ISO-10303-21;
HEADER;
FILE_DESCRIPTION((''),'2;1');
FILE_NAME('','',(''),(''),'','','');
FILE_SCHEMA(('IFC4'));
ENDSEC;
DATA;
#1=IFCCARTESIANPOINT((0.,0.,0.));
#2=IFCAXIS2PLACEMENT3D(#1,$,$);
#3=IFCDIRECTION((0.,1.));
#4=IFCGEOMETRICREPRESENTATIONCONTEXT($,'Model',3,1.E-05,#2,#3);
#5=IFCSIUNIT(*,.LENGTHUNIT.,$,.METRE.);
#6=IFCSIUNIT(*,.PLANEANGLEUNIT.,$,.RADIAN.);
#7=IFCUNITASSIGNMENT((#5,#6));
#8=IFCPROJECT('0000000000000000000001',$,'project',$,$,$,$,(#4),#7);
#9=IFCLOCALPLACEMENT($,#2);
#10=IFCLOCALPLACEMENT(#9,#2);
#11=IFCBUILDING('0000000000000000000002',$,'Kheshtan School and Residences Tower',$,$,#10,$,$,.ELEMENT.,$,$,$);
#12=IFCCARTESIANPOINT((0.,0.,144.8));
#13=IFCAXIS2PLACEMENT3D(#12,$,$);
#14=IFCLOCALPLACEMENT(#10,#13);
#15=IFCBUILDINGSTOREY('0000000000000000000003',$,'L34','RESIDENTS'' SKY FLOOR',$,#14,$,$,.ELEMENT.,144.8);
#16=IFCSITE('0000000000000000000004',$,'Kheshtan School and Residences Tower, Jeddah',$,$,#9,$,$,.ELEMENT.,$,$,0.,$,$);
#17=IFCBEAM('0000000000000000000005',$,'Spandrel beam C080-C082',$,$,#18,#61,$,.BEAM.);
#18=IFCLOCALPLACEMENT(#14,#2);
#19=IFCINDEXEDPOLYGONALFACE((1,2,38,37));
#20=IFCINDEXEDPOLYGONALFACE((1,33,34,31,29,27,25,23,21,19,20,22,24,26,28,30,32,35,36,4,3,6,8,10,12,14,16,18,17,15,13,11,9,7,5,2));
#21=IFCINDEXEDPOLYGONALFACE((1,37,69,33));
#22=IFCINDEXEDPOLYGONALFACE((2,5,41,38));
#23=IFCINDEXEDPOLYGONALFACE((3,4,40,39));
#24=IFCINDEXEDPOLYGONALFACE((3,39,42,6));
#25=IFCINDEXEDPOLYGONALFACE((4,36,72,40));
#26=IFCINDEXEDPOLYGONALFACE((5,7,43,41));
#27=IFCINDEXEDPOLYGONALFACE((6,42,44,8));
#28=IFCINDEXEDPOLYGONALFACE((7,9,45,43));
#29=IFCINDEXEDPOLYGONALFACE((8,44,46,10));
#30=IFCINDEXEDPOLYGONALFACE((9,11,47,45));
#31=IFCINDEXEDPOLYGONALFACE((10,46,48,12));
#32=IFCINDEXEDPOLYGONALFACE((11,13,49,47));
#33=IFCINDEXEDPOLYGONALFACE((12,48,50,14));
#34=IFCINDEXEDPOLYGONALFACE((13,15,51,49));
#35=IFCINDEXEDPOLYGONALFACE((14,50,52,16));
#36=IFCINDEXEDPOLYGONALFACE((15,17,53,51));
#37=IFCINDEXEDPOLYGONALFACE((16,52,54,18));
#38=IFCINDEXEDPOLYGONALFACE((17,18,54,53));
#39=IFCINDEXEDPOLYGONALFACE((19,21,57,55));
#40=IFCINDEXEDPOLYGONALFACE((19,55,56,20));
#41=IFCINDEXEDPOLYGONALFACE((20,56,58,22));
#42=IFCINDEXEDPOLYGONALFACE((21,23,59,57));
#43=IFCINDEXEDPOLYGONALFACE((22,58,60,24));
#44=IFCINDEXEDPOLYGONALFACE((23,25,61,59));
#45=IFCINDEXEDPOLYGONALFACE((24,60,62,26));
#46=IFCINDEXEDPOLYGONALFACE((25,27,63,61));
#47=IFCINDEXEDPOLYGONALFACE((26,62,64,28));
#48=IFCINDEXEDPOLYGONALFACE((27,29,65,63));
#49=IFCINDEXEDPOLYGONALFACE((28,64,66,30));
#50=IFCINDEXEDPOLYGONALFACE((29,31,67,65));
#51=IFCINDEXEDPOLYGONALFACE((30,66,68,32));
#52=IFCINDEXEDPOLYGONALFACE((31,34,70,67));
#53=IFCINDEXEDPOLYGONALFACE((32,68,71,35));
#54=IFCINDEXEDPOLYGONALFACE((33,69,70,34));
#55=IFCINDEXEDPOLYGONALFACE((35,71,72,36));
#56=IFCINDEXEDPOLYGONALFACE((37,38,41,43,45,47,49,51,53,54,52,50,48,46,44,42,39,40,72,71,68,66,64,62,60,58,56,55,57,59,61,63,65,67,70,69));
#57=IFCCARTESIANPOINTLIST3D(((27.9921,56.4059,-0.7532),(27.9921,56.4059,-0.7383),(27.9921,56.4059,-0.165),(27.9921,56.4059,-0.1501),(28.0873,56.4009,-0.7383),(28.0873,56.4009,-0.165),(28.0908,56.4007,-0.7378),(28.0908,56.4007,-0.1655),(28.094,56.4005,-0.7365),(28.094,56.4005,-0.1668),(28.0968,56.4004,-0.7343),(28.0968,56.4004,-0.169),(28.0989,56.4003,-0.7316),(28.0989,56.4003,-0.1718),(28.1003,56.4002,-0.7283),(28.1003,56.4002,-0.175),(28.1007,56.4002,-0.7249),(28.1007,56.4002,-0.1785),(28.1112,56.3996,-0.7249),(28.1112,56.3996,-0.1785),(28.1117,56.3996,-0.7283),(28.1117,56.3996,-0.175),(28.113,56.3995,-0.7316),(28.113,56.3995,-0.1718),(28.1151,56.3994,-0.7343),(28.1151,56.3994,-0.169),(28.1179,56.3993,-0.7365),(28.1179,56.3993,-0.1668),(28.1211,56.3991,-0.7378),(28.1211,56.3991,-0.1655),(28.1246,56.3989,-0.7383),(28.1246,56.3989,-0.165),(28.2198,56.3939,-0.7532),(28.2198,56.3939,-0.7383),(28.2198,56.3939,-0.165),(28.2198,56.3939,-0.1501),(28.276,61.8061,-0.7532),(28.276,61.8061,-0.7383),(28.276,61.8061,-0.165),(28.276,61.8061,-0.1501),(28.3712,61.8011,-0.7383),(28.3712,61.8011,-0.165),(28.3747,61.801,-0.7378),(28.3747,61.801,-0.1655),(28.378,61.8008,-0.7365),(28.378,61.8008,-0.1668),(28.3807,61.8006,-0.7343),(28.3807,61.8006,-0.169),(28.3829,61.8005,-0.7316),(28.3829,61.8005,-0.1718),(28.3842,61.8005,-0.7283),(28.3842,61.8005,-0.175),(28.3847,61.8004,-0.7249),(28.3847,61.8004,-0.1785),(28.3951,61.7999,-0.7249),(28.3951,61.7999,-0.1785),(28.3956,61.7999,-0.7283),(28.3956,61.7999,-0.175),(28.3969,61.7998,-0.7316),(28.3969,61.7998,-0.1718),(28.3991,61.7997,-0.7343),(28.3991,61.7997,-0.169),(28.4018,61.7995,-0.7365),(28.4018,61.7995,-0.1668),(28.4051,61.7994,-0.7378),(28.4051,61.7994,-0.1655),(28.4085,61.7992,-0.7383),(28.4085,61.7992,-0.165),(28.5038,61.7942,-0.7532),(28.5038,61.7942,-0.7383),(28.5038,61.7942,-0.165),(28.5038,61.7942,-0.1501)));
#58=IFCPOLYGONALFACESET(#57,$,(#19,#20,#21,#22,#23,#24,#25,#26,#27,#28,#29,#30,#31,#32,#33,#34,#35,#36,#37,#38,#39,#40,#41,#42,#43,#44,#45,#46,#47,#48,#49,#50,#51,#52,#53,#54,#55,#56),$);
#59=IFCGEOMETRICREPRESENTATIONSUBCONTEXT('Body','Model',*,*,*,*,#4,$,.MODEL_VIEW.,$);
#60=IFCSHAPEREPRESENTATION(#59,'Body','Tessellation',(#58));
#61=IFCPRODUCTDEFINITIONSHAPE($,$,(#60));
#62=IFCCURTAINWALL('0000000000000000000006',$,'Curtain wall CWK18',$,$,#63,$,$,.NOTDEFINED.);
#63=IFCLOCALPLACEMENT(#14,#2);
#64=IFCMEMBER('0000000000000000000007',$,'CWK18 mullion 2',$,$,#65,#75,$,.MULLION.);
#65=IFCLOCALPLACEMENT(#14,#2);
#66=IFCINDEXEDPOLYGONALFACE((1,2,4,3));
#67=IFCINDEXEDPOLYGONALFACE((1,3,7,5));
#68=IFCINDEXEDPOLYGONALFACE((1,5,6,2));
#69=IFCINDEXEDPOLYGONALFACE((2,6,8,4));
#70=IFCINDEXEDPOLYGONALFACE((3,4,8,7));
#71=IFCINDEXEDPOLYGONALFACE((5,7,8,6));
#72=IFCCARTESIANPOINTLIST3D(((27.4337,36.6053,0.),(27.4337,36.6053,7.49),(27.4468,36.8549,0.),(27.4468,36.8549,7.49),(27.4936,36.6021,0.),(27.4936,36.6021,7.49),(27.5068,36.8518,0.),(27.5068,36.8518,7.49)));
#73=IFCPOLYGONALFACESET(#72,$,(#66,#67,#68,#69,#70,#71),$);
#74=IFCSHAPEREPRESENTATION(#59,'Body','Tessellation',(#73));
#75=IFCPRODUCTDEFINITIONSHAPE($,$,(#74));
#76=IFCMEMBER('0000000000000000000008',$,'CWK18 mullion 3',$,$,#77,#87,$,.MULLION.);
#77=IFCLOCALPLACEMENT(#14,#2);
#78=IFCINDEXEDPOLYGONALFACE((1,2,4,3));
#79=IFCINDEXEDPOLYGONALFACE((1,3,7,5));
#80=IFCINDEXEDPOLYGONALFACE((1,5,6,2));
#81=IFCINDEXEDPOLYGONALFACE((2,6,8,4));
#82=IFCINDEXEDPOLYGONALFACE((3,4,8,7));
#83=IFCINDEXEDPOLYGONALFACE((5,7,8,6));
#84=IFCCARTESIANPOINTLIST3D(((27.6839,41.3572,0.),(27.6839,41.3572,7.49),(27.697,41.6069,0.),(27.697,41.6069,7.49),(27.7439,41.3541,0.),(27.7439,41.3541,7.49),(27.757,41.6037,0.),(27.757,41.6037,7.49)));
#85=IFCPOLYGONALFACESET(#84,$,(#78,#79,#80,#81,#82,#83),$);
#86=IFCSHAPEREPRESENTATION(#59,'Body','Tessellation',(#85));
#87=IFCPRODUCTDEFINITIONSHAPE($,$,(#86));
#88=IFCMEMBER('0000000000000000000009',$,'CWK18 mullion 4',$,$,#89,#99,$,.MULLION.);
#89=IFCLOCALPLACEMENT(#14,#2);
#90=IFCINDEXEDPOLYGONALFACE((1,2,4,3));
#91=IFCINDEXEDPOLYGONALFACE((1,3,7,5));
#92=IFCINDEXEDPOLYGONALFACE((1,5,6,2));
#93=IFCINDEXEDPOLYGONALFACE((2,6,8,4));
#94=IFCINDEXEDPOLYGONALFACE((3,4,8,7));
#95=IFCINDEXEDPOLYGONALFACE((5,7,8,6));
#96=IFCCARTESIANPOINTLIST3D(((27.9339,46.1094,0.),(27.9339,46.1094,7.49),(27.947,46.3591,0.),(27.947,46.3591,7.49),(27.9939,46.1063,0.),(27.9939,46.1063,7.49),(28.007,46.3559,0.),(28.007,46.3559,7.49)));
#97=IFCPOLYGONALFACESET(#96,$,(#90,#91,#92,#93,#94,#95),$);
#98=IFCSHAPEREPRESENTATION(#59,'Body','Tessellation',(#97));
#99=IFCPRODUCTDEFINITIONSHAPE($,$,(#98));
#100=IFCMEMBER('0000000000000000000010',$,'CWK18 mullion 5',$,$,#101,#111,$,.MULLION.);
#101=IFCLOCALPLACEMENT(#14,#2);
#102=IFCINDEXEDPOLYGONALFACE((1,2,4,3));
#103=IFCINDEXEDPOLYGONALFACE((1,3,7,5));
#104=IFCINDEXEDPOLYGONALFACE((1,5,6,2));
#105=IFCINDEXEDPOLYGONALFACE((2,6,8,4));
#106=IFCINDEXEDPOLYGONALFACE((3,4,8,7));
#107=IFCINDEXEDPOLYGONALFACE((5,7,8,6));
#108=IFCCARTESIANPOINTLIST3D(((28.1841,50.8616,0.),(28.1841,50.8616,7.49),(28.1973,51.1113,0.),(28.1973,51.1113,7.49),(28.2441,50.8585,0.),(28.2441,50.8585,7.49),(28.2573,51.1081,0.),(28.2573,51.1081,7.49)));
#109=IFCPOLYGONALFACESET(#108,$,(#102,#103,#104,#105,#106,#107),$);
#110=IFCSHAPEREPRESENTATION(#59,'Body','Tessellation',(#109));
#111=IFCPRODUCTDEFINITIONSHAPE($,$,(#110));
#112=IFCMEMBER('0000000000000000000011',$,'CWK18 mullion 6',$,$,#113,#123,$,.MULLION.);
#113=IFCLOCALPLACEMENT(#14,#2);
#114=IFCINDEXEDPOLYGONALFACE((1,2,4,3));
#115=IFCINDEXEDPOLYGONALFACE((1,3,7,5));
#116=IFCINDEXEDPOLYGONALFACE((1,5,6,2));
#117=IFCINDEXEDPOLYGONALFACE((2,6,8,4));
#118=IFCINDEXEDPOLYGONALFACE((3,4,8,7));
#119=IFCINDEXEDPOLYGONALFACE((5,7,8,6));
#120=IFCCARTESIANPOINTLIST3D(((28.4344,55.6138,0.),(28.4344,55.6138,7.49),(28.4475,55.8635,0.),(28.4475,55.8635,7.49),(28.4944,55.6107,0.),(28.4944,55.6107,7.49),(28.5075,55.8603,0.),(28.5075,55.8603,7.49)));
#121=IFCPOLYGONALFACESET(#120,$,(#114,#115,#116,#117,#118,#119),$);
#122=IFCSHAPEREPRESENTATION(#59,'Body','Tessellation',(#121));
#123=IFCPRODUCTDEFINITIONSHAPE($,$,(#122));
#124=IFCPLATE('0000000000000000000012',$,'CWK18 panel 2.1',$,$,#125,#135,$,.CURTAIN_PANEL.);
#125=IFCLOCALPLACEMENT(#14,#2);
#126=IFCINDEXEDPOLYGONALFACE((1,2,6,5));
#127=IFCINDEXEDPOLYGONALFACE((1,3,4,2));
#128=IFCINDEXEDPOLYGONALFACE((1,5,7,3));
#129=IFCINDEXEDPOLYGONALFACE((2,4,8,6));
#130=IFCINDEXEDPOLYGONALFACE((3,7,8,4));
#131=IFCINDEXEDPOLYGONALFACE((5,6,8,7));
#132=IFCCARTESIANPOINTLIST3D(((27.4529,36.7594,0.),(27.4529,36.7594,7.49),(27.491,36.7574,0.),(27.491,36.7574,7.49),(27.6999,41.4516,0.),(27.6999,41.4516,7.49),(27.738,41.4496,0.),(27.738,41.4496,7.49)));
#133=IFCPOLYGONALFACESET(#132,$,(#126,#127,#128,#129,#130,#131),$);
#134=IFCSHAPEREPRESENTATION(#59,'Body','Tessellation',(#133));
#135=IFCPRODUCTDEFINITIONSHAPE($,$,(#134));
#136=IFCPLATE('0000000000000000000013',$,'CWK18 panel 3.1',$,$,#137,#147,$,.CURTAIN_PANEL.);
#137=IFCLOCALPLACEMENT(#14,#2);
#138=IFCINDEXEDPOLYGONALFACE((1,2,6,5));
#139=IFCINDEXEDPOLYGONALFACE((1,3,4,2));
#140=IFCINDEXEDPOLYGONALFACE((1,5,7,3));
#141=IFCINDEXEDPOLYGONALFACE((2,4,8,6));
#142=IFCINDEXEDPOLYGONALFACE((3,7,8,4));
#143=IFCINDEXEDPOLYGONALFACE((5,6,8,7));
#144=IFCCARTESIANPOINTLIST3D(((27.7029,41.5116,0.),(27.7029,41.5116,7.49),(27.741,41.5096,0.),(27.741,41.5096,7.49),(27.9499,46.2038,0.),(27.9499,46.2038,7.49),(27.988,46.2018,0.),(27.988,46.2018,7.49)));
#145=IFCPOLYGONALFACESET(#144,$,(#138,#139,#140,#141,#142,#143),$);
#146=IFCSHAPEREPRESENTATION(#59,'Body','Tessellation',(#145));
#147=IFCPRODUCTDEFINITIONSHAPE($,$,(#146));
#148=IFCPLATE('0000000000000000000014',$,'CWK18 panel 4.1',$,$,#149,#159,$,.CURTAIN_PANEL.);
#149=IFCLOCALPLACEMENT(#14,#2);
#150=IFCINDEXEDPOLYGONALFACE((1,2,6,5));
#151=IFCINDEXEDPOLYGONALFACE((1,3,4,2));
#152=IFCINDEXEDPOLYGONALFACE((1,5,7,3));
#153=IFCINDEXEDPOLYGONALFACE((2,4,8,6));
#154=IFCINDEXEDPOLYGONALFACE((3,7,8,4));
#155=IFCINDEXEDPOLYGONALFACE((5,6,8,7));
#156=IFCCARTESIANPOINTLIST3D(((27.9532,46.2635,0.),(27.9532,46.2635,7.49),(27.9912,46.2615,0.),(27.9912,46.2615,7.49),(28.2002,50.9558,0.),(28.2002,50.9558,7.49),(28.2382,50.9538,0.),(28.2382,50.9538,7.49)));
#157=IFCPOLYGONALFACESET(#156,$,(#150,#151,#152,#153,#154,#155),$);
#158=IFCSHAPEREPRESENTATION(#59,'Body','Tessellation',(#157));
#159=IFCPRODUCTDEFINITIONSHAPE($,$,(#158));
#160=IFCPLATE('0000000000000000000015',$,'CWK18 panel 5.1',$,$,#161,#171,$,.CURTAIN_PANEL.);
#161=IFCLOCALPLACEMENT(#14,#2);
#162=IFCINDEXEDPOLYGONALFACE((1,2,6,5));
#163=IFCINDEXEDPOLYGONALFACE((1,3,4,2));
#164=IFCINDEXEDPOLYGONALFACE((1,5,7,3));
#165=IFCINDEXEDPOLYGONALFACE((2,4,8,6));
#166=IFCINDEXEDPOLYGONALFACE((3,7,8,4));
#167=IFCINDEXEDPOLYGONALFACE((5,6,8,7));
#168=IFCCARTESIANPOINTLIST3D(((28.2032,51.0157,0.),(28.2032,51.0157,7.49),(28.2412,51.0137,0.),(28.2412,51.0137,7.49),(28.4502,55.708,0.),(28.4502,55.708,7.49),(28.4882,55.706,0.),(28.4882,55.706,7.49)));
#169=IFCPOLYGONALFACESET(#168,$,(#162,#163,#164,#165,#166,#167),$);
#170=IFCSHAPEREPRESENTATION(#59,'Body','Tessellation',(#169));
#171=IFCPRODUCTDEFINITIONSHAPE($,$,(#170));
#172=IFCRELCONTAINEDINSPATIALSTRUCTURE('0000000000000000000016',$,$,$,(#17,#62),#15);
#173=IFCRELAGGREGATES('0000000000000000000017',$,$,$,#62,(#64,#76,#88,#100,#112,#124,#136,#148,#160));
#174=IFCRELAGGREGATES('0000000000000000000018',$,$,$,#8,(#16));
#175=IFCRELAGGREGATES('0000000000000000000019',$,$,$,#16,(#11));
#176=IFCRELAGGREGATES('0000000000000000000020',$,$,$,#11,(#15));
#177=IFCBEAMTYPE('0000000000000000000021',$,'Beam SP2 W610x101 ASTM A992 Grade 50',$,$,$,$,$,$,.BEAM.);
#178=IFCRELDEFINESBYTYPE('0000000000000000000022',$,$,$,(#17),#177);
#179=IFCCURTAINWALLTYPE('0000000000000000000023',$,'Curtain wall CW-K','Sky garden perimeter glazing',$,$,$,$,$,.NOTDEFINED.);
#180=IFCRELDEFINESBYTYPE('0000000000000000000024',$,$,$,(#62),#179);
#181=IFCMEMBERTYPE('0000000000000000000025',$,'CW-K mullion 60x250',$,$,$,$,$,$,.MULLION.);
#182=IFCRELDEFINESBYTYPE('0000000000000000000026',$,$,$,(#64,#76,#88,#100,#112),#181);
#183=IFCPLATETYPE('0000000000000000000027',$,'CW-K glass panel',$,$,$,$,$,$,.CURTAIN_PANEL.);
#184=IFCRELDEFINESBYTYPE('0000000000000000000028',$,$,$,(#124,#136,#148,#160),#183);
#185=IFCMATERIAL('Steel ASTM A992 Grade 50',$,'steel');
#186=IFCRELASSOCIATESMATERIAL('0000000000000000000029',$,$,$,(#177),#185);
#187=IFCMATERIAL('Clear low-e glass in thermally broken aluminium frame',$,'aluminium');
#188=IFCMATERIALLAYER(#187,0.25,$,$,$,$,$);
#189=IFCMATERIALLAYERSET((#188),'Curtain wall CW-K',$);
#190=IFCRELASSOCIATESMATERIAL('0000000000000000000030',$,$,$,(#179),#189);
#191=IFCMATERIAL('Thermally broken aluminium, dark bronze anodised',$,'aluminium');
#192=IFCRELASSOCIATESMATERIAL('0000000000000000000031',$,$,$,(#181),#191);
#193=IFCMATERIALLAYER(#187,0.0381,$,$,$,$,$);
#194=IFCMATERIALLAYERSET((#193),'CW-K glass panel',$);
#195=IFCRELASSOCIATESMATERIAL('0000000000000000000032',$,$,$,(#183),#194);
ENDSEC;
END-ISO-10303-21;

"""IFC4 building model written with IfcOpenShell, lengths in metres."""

from ifc_helpers import new_model, si_unit, direction, frame, origin, origin_2d, place, context, subcontext, project, spatial, rectangle, i_section, extrude, material, layer, layer_set, material_profile, profile_set, type_object, element, aggregate, save


model = new_model("IFC4")

# Units and contexts
model_context = context("Model", 3, precision=1e-05, world=origin(), true_north=direction((0.0, 1.0)))
body_context = subcontext(model_context, "Body", "Model", "MODEL_VIEW")
ifc_project = project(units=[si_unit("LENGTHUNIT", "METRE"), si_unit("PLANEANGLEUNIT", "RADIAN")], contexts=[model_context])

# Site, building, storey
site_placement = place(None, origin())
site = spatial("IfcSite", under=ifc_project, at=site_placement, Name="Kheshtan School and Residences Tower, Jeddah", CompositionType="ELEMENT", RefElevation=0.0)
building_placement = place(site_placement, origin())
building = spatial("IfcBuilding", under=site, at=building_placement, Name="Kheshtan School and Residences Tower", CompositionType="ELEMENT")
storey_placement = place(building_placement, frame((0.0, 0.0, 144.8)))
storey = spatial("IfcBuildingStorey", under=building, at=storey_placement, Name="L34", Description="RESIDENTS' SKY FLOOR", CompositionType="ELEMENT", Elevation=144.8)

# Shared definitions
ifc_material_1 = material(Name="Steel ASTM A992 Grade 50", Category="steel")

# Beam
ifc_material_profile_1 = material_profile(ifc_material_1, i_section(OverallWidth=0.228, OverallDepth=0.603, WebThickness=0.0105, FlangeThickness=0.0149, FilletRadius=0.0134, at=origin_2d()), Name="W610x101")
ifc_profile_set_1 = profile_set([ifc_material_profile_1], Name="Steel ASTM A992 Grade 50")
beam_type_1 = type_object("IfcBeamType", Name="Beam SP2 W610x101 ASTM A992 Grade 50", PredefinedType="BEAM", material=ifc_profile_set_1)
beam_1_placement = place(storey_placement, frame((28.106, 56.3999, -0.4517), z_axis=(0.052507, 0.998621, 0.0), x_axis=(-0.998621, 0.052507, 0.0)))
element("IfcBeam", 1, at=beam_1_placement, inside=storey, type_object=beam_type_1, Name="Spandrel beam C080-C082", PredefinedType="BEAM", context=body_context, shape_type="SweptSolid", body=[
    extrude(i_section(OverallWidth=0.228, OverallDepth=0.603, WebThickness=0.0105, FlangeThickness=0.0149, FilletRadius=0.0134, at=origin_2d()), origin(), (0.0, 0.0, 1.0), 5.4077),
])

# Curtain wall, members, plates
ifc_material_2 = material(Name="Clear low-e glass in thermally broken aluminium frame", Category="aluminium")
ifc_layer_1 = layer(ifc_material_2, 0.25)
ifc_layer_set_1 = layer_set([ifc_layer_1], Name="Curtain wall CW-K")
curtain_wall_type = type_object("IfcCurtainWallType", Name="Curtain wall CW-K", Description="Sky garden perimeter glazing", PredefinedType="NOTDEFINED", material=ifc_layer_set_1)
curtain_wall_placement = place(storey_placement, origin())
curtain_wall = element("IfcCurtainWall", 2, at=curtain_wall_placement, inside=storey, type_object=curtain_wall_type, Name="Curtain wall CWK18", PredefinedType="NOTDEFINED")
ifc_material_3 = material(Name="Thermally broken aluminium, dark bronze anodised", Category="aluminium")
ifc_material_profile_2 = material_profile(ifc_material_3, rectangle(XDim=0.0601, YDim=0.25, at=origin_2d()), Name="CW-K mullion 60x250")
ifc_profile_set_2 = profile_set([ifc_material_profile_2], Name="Thermally broken aluminium, dark bronze anodised")
member_type = type_object("IfcMemberType", Name="CW-K mullion 60x250", PredefinedType="MULLION", material=ifc_profile_set_2)
member_1_placement = place(storey_placement, frame((27.4702, 36.7285, 0.0), z_axis=(0.0, 0.0, 1.0), x_axis=(-0.998617, 0.052565, 0.0)))
member_1 = element("IfcMember", 3, at=member_1_placement, type_object=member_type, Name="CWK18 mullion 2", PredefinedType="MULLION", context=body_context, shape_type="SweptSolid", body=[
    extrude(rectangle(XDim=0.0601, YDim=0.25, at=origin_2d()), origin(), (0.0, 0.0, 1.0), 7.49),
])
member_2_placement = place(storey_placement, frame((27.7205, 41.4805, 0.0), z_axis=(0.0, 0.0, 1.0), x_axis=(-0.998617, 0.052565, 0.0)))
member_2 = element("IfcMember", 4, at=member_2_placement, type_object=member_type, Name="CWK18 mullion 3", PredefinedType="MULLION", context=body_context, shape_type="SweptSolid", body=[
    extrude(rectangle(XDim=0.0601, YDim=0.25, at=origin_2d()), origin(), (0.0, 0.0, 1.0), 7.49),
])
member_3_placement = place(storey_placement, frame((27.9705, 46.2327, 0.0), z_axis=(0.0, 0.0, 1.0), x_axis=(-0.998617, 0.052565, 0.0)))
member_3 = element("IfcMember", 5, at=member_3_placement, type_object=member_type, Name="CWK18 mullion 4", PredefinedType="MULLION", context=body_context, shape_type="SweptSolid", body=[
    extrude(rectangle(XDim=0.0601, YDim=0.25, at=origin_2d()), origin(), (0.0, 0.0, 1.0), 7.49),
])
member_4_placement = place(storey_placement, frame((28.2207, 50.9849, 0.0), z_axis=(0.0, 0.0, 1.0), x_axis=(-0.998617, 0.052565, 0.0)))
member_4 = element("IfcMember", 6, at=member_4_placement, type_object=member_type, Name="CWK18 mullion 5", PredefinedType="MULLION", context=body_context, shape_type="SweptSolid", body=[
    extrude(rectangle(XDim=0.0601, YDim=0.25, at=origin_2d()), origin(), (0.0, 0.0, 1.0), 7.49),
])
member_5_placement = place(storey_placement, frame((28.4709, 55.7371, 0.0), z_axis=(0.0, 0.0, 1.0), x_axis=(-0.998617, 0.052565, 0.0)))
member_5 = element("IfcMember", 7, at=member_5_placement, type_object=member_type, Name="CWK18 mullion 6", PredefinedType="MULLION", context=body_context, shape_type="SweptSolid", body=[
    extrude(rectangle(XDim=0.0601, YDim=0.25, at=origin_2d()), origin(), (0.0, 0.0, 1.0), 7.49),
])
ifc_layer_2 = layer(ifc_material_2, 0.0381)
ifc_layer_set_2 = layer_set([ifc_layer_2], Name="CW-K glass panel")
plate_type = type_object("IfcPlateType", Name="CW-K glass panel", PredefinedType="CURTAIN_PANEL", material=ifc_layer_set_2)
plate_1_placement = place(storey_placement, frame((27.5955, 39.1045, 0.0), z_axis=(0.0, 0.0, 1.0), x_axis=(0.052565, 0.998617, 0.0)))
plate_1 = element("IfcPlate", 8, at=plate_1_placement, type_object=plate_type, Name="CWK18 panel 2.1", PredefinedType="CURTAIN_PANEL", context=body_context, shape_type="SweptSolid", body=[
    extrude(rectangle(XDim=4.6987, YDim=0.0381, at=origin_2d()), origin(), (0.0, 0.0, 1.0), 7.49),
])
plate_2_placement = place(storey_placement, frame((27.8455, 43.8567, 0.0), z_axis=(0.0, 0.0, 1.0), x_axis=(0.052565, 0.998617, 0.0)))
plate_2 = element("IfcPlate", 9, at=plate_2_placement, type_object=plate_type, Name="CWK18 panel 3.1", PredefinedType="CURTAIN_PANEL", context=body_context, shape_type="SweptSolid", body=[
    extrude(rectangle(XDim=4.6987, YDim=0.0381, at=origin_2d()), origin(), (0.0, 0.0, 1.0), 7.49),
])
plate_3_placement = place(storey_placement, frame((28.0957, 48.6086, 0.0), z_axis=(0.0, 0.0, 1.0), x_axis=(0.052565, 0.998617, 0.0)))
plate_3 = element("IfcPlate", 10, at=plate_3_placement, type_object=plate_type, Name="CWK18 panel 4.1", PredefinedType="CURTAIN_PANEL", context=body_context, shape_type="SweptSolid", body=[
    extrude(rectangle(XDim=4.6987, YDim=0.0381, at=origin_2d()), origin(), (0.0, 0.0, 1.0), 7.49),
])
plate_4_placement = place(storey_placement, frame((28.3457, 53.3608, 0.0), z_axis=(0.0, 0.0, 1.0), x_axis=(0.052565, 0.998617, 0.0)))
plate_4 = element("IfcPlate", 11, at=plate_4_placement, type_object=plate_type, Name="CWK18 panel 5.1", PredefinedType="CURTAIN_PANEL", context=body_context, shape_type="SweptSolid", body=[
    extrude(rectangle(XDim=4.6987, YDim=0.0381, at=origin_2d()), origin(), (0.0, 0.0, 1.0), 7.49),
])
aggregate(curtain_wall, [member_1, member_2, member_3, member_4, member_5, plate_1, plate_2, plate_3, plate_4])

save(model, "model.ifc")
